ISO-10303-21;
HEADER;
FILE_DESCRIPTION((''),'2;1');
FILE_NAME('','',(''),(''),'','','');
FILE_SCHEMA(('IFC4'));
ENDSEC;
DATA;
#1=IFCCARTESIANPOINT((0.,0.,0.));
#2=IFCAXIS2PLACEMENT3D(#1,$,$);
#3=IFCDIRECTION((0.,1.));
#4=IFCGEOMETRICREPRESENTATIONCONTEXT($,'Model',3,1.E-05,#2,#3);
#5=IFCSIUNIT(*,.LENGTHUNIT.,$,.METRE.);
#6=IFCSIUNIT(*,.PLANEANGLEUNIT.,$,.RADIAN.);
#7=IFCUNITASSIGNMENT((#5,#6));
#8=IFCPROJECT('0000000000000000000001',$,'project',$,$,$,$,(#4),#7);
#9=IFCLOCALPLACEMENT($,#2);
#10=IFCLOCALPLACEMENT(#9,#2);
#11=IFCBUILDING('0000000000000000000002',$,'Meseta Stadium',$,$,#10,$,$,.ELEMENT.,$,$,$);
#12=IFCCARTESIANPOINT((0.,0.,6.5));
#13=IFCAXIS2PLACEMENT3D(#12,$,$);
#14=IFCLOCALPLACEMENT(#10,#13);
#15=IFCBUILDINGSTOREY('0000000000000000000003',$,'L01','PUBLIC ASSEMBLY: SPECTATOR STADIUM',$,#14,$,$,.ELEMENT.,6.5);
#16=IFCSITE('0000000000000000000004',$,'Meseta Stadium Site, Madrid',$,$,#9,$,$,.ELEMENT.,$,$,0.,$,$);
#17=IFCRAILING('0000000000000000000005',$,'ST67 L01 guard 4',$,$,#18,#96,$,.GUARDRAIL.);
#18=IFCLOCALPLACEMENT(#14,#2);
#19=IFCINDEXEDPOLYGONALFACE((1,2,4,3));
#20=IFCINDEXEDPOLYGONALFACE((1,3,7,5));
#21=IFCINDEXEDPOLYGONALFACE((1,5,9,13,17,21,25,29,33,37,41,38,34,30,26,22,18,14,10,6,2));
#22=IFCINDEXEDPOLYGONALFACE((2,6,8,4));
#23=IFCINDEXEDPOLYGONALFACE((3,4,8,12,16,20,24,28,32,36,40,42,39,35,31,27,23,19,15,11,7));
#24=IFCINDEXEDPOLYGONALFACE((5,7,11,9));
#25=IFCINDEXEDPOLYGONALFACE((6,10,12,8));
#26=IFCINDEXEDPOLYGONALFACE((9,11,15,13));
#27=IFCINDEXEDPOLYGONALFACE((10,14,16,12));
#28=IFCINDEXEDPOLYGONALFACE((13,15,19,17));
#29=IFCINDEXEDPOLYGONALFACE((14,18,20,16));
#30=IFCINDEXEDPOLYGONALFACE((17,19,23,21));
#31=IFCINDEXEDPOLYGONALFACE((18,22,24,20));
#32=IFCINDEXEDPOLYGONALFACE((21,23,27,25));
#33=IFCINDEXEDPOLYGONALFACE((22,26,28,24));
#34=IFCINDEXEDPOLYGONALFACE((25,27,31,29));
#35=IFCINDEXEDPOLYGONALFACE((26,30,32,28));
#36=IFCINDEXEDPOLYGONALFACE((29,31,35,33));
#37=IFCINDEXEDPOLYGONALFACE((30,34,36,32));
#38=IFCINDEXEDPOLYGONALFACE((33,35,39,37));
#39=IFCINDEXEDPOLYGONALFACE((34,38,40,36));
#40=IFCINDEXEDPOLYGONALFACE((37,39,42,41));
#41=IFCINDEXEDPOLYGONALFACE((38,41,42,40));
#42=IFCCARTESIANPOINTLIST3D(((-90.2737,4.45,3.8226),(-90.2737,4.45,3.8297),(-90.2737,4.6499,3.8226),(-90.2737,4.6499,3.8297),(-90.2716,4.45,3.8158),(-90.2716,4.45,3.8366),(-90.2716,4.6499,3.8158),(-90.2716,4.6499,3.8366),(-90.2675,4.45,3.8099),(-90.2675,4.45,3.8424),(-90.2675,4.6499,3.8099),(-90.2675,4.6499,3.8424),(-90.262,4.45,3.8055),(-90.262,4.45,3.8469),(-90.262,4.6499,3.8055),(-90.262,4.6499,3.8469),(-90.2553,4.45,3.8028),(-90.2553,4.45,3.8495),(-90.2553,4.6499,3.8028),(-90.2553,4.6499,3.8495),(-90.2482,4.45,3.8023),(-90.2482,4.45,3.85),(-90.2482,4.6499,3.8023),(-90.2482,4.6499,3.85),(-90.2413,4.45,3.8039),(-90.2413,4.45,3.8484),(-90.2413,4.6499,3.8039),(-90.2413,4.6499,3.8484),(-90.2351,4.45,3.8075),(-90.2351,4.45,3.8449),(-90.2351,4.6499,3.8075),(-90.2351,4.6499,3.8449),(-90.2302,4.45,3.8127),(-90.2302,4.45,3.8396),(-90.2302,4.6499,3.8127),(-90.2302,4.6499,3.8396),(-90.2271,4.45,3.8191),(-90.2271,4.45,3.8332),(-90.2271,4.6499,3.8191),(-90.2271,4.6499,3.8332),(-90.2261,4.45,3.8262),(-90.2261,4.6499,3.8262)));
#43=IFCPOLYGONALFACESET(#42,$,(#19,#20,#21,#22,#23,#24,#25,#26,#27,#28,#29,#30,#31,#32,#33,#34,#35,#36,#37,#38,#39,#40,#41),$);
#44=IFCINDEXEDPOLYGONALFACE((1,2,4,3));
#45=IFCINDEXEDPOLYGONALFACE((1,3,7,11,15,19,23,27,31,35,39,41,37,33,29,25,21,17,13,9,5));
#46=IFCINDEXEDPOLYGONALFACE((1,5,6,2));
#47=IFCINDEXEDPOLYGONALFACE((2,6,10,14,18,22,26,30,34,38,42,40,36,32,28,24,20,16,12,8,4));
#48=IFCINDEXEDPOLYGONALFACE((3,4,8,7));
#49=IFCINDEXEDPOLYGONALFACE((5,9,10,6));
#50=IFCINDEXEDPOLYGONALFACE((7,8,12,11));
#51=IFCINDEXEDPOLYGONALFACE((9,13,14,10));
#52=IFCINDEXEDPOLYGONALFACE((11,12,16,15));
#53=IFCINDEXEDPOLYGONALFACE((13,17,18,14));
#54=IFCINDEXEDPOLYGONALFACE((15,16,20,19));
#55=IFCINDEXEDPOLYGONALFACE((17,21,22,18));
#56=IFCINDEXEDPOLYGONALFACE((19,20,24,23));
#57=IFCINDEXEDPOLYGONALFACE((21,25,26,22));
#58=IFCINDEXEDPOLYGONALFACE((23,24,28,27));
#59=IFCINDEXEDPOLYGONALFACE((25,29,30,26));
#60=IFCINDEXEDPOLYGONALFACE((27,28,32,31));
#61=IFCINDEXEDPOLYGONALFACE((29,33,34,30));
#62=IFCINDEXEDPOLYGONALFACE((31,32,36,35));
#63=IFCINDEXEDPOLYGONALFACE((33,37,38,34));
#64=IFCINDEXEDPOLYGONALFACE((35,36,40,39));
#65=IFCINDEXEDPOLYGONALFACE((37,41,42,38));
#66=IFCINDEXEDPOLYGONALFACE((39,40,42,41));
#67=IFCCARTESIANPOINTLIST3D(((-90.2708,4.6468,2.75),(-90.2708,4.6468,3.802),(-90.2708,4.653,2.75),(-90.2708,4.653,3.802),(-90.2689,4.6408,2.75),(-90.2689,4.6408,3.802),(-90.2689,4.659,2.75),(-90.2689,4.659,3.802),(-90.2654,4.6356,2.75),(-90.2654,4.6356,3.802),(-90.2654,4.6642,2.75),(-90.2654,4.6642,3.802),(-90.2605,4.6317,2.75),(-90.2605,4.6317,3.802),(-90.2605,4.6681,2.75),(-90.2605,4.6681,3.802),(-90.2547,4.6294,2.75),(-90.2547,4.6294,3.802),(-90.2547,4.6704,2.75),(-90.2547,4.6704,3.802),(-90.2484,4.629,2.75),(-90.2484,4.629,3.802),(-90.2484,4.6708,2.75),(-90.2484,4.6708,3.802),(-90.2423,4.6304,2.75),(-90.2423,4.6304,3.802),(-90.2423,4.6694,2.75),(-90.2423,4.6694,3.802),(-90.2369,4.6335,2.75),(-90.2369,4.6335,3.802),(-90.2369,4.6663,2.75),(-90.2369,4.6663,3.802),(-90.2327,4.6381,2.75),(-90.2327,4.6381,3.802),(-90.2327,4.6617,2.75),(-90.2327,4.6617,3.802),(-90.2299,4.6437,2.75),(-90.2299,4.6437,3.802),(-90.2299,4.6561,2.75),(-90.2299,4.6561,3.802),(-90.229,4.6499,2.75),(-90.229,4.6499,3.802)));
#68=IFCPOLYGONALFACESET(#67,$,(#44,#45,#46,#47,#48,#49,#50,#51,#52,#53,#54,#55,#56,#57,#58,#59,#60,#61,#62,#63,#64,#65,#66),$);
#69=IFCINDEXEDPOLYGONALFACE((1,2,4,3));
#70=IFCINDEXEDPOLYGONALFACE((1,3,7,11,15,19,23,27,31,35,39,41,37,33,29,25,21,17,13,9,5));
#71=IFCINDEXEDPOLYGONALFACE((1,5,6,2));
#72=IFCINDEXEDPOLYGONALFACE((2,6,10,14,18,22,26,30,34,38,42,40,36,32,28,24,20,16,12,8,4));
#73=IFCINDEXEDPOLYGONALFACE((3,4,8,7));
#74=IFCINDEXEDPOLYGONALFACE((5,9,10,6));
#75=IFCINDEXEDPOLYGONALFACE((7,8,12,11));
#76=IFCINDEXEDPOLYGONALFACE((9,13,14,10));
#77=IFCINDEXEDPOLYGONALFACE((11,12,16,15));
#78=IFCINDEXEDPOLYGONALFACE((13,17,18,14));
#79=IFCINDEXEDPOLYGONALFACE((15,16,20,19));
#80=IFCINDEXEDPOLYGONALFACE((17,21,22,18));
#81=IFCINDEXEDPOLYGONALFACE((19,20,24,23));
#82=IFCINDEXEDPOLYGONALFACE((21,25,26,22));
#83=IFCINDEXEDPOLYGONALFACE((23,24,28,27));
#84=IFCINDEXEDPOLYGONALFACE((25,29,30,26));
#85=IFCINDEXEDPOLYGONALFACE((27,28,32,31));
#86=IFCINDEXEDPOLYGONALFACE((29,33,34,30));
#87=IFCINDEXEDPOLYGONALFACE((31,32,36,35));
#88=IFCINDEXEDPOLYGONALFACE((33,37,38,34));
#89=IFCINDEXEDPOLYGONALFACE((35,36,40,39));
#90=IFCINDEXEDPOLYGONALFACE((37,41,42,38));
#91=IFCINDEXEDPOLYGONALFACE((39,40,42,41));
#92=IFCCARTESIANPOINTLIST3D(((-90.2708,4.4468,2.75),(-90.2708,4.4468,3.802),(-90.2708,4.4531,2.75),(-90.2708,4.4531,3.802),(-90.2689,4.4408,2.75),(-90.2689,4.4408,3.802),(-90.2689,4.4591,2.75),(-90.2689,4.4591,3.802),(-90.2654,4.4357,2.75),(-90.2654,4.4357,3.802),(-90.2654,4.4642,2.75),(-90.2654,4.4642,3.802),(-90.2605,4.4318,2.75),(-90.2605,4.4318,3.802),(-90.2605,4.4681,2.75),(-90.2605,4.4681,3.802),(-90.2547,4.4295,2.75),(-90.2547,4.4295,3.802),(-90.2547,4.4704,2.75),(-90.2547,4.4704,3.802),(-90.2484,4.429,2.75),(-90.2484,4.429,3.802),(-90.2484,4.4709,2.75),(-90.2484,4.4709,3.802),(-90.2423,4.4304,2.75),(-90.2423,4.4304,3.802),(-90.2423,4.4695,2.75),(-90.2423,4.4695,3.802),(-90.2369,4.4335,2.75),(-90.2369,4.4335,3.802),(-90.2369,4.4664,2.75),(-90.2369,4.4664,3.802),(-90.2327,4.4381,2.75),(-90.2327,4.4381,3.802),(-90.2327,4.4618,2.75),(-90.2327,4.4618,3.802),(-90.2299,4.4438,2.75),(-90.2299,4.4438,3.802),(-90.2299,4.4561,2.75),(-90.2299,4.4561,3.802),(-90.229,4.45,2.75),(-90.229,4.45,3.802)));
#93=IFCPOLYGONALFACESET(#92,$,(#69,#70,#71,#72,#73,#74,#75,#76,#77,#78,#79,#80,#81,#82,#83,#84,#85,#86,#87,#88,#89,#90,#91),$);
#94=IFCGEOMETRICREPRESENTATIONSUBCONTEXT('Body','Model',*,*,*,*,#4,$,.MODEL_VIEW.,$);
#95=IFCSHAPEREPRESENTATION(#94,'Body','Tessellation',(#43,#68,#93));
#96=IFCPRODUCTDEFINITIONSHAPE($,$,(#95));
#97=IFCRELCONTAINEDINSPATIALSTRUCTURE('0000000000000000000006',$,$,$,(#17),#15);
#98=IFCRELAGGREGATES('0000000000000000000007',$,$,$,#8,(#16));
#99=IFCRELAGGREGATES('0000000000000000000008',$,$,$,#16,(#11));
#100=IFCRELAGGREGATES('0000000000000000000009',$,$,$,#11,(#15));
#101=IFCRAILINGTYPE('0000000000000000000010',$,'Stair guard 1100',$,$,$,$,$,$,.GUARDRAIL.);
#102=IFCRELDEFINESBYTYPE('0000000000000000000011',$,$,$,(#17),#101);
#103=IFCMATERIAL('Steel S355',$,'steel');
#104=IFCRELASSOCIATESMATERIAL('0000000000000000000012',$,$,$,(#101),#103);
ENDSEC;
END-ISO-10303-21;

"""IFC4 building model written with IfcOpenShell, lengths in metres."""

from ifc_helpers import new_model, si_unit, direction, frame, origin, origin_2d, place, context, subcontext, project, spatial, circle, extrude, material, type_object, element, save


model = new_model("IFC4")

# Units and contexts
model_context = context("Model", 3, precision=1e-05, world=origin(), true_north=direction((0.0, 1.0)))
body_context = subcontext(model_context, "Body", "Model", "MODEL_VIEW")
ifc_project = project(units=[si_unit("LENGTHUNIT", "METRE"), si_unit("PLANEANGLEUNIT", "RADIAN")], contexts=[model_context])

# Site, building, storey
site_placement = place(None, origin())
site = spatial("IfcSite", under=ifc_project, at=site_placement, Name="Meseta Stadium Site, Madrid", CompositionType="ELEMENT", RefElevation=0.0)
building_placement = place(site_placement, origin())
building = spatial("IfcBuilding", under=site, at=building_placement, Name="Meseta Stadium", CompositionType="ELEMENT")
storey_placement = place(building_placement, frame((0.0, 0.0, 6.5)))
storey = spatial("IfcBuildingStorey", under=building, at=storey_placement, Name="L01", Description="PUBLIC ASSEMBLY: SPECTATOR STADIUM", CompositionType="ELEMENT", Elevation=6.5)

# Railing
ifc_material_1 = material(Name="Steel S355", Category="steel")
railing_type_1 = type_object("IfcRailingType", Name="Stair guard 1100", PredefinedType="GUARDRAIL", material=ifc_material_1)
railing_1_placement = place(storey_placement, frame((-90.25, 4.6499, 2.75)))
element("IfcRailing", 1, at=railing_1_placement, inside=storey, type_object=railing_type_1, Name="ST67 L01 guard 4", PredefinedType="GUARDRAIL", context=body_context, shape_type="SweptSolid", body=[
    extrude(circle(Radius=0.0239, at=origin_2d()), frame((0.0, 0.0, 1.0762), z_axis=(0.0, -1.0, 0.0), x_axis=(1.0, 0.0, 0.0)), (0.0, 0.0, 1.0), 0.2),
    extrude(circle(Radius=0.021, at=origin_2d()), origin(), (0.0, 0.0, 1.0), 1.052),
    extrude(circle(Radius=0.021, at=origin_2d()), frame((0.0, -0.2, 0.0)), (0.0, 0.0, 1.0), 1.052),
])

save(model, "model.ifc")
